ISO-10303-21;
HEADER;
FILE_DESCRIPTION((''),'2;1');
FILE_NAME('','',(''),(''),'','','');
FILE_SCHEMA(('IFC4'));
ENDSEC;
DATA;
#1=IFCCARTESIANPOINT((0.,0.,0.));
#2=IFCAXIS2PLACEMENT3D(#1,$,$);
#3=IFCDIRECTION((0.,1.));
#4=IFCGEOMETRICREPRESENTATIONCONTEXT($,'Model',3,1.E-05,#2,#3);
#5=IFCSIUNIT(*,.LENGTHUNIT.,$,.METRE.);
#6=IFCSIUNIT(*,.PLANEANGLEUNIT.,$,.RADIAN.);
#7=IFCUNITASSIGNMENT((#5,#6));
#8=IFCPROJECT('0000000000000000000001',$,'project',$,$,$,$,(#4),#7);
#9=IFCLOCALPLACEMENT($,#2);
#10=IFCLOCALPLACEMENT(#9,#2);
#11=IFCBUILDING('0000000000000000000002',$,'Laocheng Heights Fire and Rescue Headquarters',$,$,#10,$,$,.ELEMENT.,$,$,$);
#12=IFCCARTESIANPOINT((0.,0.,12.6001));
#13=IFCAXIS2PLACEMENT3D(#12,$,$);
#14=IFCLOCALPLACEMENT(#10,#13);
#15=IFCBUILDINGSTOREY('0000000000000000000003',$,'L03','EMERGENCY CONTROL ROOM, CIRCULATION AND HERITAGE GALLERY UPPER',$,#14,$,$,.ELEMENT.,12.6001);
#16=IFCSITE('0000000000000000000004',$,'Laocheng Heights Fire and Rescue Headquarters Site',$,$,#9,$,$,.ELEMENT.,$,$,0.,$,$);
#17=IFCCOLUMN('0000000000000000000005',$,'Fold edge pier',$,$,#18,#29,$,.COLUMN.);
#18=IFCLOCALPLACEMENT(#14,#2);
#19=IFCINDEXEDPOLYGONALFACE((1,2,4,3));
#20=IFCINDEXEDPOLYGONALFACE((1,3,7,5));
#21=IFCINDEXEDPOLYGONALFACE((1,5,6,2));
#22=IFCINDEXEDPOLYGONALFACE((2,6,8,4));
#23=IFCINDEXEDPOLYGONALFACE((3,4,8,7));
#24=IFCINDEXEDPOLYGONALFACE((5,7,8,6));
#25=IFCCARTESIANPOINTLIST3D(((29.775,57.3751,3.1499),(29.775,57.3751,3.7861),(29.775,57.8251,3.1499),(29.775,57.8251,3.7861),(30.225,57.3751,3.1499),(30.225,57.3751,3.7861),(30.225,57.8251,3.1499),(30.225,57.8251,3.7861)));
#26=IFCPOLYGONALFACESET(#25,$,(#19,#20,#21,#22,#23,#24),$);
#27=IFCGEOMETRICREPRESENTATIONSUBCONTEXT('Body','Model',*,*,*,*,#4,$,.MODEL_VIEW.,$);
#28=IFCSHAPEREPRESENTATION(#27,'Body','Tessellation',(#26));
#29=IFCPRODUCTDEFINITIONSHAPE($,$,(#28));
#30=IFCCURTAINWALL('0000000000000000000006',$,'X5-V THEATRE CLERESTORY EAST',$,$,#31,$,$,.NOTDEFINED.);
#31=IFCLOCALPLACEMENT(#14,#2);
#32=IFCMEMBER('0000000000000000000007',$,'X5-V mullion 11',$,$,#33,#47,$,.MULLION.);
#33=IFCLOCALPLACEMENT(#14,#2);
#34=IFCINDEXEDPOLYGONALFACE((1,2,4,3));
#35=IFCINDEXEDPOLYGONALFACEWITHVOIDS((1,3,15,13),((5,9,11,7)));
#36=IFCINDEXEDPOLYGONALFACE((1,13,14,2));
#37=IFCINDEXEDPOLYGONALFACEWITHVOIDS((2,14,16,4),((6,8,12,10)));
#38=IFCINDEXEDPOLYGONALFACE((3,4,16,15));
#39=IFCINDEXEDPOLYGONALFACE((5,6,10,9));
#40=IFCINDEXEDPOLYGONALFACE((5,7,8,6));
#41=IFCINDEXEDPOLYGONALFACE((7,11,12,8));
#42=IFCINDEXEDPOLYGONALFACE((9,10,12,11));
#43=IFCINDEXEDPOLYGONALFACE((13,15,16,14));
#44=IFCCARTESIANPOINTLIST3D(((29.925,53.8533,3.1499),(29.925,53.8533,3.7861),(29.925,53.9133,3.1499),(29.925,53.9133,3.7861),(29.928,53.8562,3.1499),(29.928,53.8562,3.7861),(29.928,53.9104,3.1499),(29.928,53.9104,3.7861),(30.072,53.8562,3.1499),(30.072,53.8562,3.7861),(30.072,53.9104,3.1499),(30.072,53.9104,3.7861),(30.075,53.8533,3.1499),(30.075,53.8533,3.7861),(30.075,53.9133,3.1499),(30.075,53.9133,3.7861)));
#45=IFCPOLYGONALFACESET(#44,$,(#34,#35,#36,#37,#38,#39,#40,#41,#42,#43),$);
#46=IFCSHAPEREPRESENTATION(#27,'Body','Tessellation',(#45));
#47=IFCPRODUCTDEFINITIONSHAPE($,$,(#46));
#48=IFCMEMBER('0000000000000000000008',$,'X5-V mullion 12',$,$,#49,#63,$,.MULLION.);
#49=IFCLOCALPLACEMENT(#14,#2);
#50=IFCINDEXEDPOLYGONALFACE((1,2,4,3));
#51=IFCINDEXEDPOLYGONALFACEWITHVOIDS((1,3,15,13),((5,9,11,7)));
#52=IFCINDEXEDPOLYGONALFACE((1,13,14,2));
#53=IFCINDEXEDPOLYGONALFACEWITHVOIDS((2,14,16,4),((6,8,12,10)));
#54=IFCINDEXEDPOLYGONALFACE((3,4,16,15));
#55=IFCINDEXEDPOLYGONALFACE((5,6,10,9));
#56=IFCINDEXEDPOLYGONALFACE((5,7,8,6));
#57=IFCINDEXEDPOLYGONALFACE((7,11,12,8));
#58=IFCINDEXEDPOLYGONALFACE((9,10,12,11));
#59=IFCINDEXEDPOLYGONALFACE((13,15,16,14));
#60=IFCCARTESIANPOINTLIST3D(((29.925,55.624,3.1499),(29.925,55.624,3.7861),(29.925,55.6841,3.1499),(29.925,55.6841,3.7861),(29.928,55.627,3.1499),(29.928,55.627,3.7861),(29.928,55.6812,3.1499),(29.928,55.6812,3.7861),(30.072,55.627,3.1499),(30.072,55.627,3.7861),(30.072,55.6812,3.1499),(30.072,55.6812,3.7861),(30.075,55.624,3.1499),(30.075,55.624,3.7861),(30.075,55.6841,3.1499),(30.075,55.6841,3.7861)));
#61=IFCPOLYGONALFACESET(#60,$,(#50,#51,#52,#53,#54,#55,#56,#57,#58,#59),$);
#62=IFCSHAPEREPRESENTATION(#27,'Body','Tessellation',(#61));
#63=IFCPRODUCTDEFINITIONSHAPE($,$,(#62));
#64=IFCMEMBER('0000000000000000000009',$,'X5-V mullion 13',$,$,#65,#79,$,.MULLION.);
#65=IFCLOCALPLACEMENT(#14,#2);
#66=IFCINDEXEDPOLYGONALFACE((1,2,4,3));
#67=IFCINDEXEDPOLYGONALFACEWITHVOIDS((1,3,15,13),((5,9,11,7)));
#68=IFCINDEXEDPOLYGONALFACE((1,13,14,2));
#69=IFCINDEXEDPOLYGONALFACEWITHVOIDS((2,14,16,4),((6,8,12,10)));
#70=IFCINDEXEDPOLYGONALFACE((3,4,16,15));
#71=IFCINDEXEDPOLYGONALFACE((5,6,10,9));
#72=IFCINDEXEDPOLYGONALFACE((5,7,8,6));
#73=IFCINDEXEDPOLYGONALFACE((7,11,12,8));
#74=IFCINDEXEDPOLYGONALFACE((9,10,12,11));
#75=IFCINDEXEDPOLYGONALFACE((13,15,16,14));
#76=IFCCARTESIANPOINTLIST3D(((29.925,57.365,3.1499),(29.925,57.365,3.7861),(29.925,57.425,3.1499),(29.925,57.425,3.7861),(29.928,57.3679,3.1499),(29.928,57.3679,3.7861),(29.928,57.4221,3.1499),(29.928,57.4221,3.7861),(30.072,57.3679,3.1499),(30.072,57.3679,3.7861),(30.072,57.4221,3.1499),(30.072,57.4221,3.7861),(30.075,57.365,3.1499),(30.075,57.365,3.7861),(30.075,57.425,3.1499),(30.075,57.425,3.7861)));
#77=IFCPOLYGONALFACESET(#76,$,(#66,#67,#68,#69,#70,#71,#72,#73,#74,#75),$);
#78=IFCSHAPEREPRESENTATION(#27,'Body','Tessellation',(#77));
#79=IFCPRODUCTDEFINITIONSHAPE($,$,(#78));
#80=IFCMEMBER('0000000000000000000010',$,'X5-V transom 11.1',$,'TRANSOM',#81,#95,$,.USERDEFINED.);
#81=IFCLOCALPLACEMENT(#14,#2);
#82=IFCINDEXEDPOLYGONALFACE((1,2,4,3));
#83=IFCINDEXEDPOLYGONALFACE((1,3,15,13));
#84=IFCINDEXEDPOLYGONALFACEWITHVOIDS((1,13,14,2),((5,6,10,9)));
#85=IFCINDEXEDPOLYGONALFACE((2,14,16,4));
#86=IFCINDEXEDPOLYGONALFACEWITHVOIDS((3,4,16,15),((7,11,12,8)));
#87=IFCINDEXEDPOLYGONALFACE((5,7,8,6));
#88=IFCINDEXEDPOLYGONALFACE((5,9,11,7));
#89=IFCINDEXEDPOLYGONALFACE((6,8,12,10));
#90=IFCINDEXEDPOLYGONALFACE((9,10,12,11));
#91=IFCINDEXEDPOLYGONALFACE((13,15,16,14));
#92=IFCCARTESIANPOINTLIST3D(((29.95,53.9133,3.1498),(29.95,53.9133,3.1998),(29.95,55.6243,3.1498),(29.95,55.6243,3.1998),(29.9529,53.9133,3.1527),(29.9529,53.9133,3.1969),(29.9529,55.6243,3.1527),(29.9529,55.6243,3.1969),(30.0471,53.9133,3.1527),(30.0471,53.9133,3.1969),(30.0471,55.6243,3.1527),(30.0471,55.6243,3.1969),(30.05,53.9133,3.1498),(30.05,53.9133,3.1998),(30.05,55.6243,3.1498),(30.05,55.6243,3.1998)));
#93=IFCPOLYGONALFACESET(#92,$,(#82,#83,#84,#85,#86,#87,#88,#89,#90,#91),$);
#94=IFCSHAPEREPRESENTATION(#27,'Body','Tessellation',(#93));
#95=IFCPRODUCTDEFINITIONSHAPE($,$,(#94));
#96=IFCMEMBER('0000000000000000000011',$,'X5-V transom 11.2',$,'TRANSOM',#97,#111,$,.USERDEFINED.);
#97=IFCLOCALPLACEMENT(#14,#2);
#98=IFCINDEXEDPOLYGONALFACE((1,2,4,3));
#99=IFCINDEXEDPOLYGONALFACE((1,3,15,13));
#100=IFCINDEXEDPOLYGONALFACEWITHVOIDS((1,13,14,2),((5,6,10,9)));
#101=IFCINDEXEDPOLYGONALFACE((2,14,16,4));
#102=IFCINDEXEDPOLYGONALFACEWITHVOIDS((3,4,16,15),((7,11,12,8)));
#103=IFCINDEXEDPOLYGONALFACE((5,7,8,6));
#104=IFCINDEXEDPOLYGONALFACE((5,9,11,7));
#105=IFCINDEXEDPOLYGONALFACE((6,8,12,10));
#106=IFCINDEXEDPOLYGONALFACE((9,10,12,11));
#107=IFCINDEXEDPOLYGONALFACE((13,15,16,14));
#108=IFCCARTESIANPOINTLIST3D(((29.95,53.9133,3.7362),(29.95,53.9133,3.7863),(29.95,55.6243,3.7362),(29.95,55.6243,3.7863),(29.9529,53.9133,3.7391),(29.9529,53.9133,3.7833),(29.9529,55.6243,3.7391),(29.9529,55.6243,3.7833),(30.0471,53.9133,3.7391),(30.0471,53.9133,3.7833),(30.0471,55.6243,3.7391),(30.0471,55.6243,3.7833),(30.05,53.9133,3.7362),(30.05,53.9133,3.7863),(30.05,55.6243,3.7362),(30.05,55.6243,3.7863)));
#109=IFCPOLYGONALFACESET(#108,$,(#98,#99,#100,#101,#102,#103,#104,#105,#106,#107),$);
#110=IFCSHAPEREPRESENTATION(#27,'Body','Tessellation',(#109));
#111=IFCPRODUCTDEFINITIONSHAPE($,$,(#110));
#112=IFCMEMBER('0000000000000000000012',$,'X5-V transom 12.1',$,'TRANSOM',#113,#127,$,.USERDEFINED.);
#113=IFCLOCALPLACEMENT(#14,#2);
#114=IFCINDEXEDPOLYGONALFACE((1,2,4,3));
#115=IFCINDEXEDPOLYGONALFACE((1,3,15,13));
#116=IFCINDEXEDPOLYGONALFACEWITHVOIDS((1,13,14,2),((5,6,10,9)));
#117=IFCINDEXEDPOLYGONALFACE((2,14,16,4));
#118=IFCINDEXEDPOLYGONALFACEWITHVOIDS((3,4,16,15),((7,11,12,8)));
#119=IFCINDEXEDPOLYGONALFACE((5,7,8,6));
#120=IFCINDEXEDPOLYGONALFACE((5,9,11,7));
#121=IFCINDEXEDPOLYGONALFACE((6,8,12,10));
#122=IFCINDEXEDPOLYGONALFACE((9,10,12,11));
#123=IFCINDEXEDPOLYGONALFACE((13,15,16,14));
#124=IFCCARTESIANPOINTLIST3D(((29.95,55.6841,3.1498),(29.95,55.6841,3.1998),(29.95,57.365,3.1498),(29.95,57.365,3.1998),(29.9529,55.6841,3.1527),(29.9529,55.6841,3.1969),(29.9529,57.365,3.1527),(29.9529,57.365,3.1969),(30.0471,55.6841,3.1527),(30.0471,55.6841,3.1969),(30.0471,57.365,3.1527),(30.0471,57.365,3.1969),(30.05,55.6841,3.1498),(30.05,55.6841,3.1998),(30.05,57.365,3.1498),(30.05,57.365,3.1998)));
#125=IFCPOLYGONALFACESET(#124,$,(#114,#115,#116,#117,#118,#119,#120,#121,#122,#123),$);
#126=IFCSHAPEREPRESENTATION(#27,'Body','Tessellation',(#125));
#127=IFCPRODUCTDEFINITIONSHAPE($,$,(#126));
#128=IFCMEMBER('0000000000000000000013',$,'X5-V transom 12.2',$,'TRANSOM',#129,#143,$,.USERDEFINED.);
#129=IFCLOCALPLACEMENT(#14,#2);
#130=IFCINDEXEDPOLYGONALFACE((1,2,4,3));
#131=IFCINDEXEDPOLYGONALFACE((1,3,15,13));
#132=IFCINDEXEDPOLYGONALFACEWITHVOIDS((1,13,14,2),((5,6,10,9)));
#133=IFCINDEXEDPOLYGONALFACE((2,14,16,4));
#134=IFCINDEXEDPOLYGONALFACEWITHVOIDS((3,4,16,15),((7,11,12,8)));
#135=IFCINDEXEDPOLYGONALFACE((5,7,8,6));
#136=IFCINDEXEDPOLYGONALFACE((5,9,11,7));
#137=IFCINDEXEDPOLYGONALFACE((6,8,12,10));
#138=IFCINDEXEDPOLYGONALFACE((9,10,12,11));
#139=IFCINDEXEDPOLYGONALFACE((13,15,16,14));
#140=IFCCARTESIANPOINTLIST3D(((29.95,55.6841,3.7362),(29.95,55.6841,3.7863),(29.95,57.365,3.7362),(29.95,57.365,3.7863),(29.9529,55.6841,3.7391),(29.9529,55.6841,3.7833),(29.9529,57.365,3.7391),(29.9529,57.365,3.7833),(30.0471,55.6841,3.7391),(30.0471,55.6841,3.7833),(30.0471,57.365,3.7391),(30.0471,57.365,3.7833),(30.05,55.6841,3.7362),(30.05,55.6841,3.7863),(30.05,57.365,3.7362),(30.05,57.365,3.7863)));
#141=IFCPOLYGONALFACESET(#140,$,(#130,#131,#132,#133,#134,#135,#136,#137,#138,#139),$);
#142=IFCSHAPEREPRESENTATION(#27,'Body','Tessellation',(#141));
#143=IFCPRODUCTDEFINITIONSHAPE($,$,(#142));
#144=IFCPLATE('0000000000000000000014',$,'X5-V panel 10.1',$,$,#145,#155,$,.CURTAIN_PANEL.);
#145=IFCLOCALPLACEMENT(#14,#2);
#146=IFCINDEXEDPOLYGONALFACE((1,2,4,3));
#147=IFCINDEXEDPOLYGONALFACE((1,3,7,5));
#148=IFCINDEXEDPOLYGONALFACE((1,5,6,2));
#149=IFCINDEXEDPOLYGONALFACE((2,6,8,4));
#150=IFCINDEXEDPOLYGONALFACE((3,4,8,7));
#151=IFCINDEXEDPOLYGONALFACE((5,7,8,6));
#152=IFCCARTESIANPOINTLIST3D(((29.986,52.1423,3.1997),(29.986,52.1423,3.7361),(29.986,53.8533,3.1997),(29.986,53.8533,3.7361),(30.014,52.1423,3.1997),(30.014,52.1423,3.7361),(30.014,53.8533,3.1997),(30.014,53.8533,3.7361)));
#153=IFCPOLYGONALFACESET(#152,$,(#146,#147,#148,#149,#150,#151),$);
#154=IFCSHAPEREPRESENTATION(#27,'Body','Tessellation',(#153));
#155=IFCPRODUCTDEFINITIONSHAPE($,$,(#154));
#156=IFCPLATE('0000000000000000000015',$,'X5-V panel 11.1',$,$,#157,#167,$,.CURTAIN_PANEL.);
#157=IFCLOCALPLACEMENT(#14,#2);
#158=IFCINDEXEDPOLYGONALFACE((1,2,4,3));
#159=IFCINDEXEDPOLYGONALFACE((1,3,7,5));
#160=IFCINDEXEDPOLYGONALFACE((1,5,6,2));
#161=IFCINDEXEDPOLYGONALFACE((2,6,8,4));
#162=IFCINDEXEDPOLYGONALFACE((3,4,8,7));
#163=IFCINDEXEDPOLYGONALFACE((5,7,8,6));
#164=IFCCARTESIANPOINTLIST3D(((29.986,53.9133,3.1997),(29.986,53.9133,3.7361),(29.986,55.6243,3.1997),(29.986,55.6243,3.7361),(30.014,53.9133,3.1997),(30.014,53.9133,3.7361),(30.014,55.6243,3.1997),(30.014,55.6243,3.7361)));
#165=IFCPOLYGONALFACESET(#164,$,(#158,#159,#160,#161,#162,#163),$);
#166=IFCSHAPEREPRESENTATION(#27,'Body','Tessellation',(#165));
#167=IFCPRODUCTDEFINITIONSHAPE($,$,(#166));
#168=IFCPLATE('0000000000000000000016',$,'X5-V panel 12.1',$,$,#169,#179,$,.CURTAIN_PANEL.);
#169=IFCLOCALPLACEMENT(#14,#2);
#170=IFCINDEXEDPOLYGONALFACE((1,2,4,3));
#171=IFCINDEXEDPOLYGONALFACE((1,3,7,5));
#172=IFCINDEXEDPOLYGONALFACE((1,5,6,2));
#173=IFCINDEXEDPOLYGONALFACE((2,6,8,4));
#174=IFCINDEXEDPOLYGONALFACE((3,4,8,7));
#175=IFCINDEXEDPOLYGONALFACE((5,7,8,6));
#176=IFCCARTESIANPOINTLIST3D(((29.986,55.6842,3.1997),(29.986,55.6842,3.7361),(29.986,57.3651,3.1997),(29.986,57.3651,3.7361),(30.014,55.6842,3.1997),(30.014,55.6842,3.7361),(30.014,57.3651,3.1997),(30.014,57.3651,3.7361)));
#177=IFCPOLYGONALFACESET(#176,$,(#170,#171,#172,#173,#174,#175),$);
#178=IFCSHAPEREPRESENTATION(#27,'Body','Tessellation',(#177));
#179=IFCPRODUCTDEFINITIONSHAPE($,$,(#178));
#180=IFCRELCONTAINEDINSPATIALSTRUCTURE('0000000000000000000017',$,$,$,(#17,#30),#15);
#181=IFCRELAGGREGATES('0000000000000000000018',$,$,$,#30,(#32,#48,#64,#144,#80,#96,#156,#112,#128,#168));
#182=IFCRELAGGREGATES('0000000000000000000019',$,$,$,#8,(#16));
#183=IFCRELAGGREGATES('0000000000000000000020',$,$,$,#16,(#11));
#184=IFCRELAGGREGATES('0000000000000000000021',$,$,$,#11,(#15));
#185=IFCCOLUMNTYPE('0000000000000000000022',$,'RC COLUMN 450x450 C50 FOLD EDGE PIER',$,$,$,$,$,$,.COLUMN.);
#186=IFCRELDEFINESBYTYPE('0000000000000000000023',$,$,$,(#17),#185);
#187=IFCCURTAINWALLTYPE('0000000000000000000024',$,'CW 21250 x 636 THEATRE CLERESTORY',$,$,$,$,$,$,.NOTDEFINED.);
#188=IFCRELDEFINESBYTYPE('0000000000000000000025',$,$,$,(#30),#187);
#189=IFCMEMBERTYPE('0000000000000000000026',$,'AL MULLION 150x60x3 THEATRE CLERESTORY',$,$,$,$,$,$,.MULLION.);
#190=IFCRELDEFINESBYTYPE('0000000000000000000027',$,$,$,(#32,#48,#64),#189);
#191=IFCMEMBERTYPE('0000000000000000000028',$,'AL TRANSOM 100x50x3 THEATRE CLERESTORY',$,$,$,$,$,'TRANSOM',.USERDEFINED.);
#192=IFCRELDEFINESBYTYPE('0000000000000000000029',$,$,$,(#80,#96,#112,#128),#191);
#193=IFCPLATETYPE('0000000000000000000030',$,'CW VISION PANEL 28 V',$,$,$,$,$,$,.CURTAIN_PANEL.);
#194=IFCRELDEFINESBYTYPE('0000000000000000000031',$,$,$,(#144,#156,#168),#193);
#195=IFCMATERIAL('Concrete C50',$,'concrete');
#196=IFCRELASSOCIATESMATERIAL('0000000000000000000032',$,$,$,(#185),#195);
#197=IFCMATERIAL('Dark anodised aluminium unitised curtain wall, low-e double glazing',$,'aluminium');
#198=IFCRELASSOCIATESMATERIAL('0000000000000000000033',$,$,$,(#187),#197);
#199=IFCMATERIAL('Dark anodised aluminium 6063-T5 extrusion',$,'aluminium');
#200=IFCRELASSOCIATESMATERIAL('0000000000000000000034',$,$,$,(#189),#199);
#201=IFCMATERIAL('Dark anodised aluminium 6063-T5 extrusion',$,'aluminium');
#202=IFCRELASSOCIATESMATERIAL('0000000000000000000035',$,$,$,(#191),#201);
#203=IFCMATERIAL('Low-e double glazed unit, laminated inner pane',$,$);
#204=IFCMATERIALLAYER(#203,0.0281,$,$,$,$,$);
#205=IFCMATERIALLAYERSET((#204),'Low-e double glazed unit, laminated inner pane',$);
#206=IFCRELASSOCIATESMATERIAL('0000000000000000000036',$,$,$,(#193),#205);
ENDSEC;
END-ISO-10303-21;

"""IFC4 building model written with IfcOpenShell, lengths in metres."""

from ifc_helpers import new_model, si_unit, direction, frame, origin, origin_2d, place, context, subcontext, project, spatial, rectangle, hollow_rectangle, extrude, material, layer, layer_set, material_profile, profile_set, type_object, element, aggregate, save


model = new_model("IFC4")

# Units and contexts
model_context = context("Model", 3, precision=1e-05, world=origin(), true_north=direction((0.0, 1.0)))
body_context = subcontext(model_context, "Body", "Model", "MODEL_VIEW")
ifc_project = project(units=[si_unit("LENGTHUNIT", "METRE"), si_unit("PLANEANGLEUNIT", "RADIAN")], contexts=[model_context])

# Site, building, storey
site_placement = place(None, origin())
site = spatial("IfcSite", under=ifc_project, at=site_placement, Name="Laocheng Heights Fire and Rescue Headquarters Site", CompositionType="ELEMENT", RefElevation=0.0)
building_placement = place(site_placement, origin())
building = spatial("IfcBuilding", under=site, at=building_placement, Name="Laocheng Heights Fire and Rescue Headquarters", CompositionType="ELEMENT")
storey_placement = place(building_placement, frame((0.0, 0.0, 12.6001)))
storey = spatial("IfcBuildingStorey", under=building, at=storey_placement, Name="L03", Description="EMERGENCY CONTROL ROOM, CIRCULATION AND HERITAGE GALLERY UPPER", CompositionType="ELEMENT", Elevation=12.6001)

# Column
ifc_material_1 = material(Name="Concrete C50", Category="concrete")
ifc_material_profile_1 = material_profile(ifc_material_1, rectangle(XDim=0.45, YDim=0.45, at=origin_2d()), Name="RC COLUMN 450x450 C50 FOLD EDGE PIER")
ifc_profile_set_1 = profile_set([ifc_material_profile_1], Name="Concrete C50")
column_type = type_object("IfcColumnType", Name="RC COLUMN 450x450 C50 FOLD EDGE PIER", PredefinedType="COLUMN", material=ifc_profile_set_1)
column_placement = place(storey_placement, frame((30.0, 57.6001, 3.1499), z_axis=(0.0, 0.0, 1.0), x_axis=(1.0, 0.0, 0.0)))
element("IfcColumn", 1, at=column_placement, inside=storey, type_object=column_type, Name="Fold edge pier", PredefinedType="COLUMN", context=body_context, shape_type="SweptSolid", body=[
    extrude(rectangle(XDim=0.45, YDim=0.45, at=origin_2d()), origin(), (0.0, 0.0, 1.0), 0.6362),
])

# Curtain wall, members, plates
ifc_material_2 = material(Name="Dark anodised aluminium unitised curtain wall, low-e double glazing", Category="aluminium")
curtain_wall_type = type_object("IfcCurtainWallType", Name="CW 21250 x 636 THEATRE CLERESTORY", PredefinedType="NOTDEFINED", material=ifc_material_2)
curtain_wall_placement = place(storey_placement, origin())
curtain_wall = element("IfcCurtainWall", 2, at=curtain_wall_placement, inside=storey, type_object=curtain_wall_type, Name="X5-V THEATRE CLERESTORY EAST", PredefinedType="NOTDEFINED")
ifc_material_3 = material(Name="Dark anodised aluminium 6063-T5 extrusion", Category="aluminium")
ifc_material_profile_2 = material_profile(ifc_material_3, hollow_rectangle(XDim=0.1499, YDim=0.0601, WallThickness=0.0029, at=origin_2d()), Name="AL MULLION 150x60x3 THEATRE CLERESTORY")
ifc_profile_set_2 = profile_set([ifc_material_profile_2], Name="Dark anodised aluminium 6063-T5 extrusion")
member_type_1 = type_object("IfcMemberType", Name="AL MULLION 150x60x3 THEATRE CLERESTORY", PredefinedType="MULLION", material=ifc_profile_set_2)
member_1_placement = place(storey_placement, frame((30.0, 53.8833, 3.1499), z_axis=(0.0, 0.0, 1.0), x_axis=(-1.0, 0.0, 0.0)))
member_1 = element("IfcMember", 3, at=member_1_placement, type_object=member_type_1, Name="X5-V mullion 11", PredefinedType="MULLION", context=body_context, shape_type="SweptSolid", body=[
    extrude(hollow_rectangle(XDim=0.1499, YDim=0.0601, WallThickness=0.0029, at=origin_2d()), origin(), (0.0, 0.0, 1.0), 0.6362),
])
member_2_placement = place(storey_placement, frame((30.0, 55.6541, 3.1499), z_axis=(0.0, 0.0, 1.0), x_axis=(-1.0, 0.0, 0.0)))
member_2 = element("IfcMember", 4, at=member_2_placement, type_object=member_type_1, Name="X5-V mullion 12", PredefinedType="MULLION", context=body_context, shape_type="SweptSolid", body=[
    extrude(hollow_rectangle(XDim=0.1499, YDim=0.0601, WallThickness=0.0029, at=origin_2d()), origin(), (0.0, 0.0, 1.0), 0.6362),
])
member_3_placement = place(storey_placement, frame((30.0, 57.395, 3.1499), z_axis=(0.0, 0.0, 1.0), x_axis=(-1.0, 0.0, 0.0)))
member_3 = element("IfcMember", 5, at=member_3_placement, type_object=member_type_1, Name="X5-V mullion 13", PredefinedType="MULLION", context=body_context, shape_type="SweptSolid", body=[
    extrude(hollow_rectangle(XDim=0.1499, YDim=0.0601, WallThickness=0.0029, at=origin_2d()), origin(), (0.0, 0.0, 1.0), 0.6362),
])
ifc_material_4 = material(Name="Dark anodised aluminium 6063-T5 extrusion", Category="aluminium")
ifc_material_profile_3 = material_profile(ifc_material_4, hollow_rectangle(XDim=0.1001, YDim=0.05, WallThickness=0.0029, at=origin_2d()), Name="AL TRANSOM 100x50x3 THEATRE CLERESTORY")
ifc_profile_set_3 = profile_set([ifc_material_profile_3], Name="Dark anodised aluminium 6063-T5 extrusion")
member_type_2 = type_object("IfcMemberType", Name="AL TRANSOM 100x50x3 THEATRE CLERESTORY", ElementType="TRANSOM", PredefinedType="USERDEFINED", material=ifc_profile_set_3)
member_4_placement = place(storey_placement, frame((30.0, 53.9133, 3.1748), z_axis=(0.0, 1.0, 0.0), x_axis=(-1.0, 0.0, 0.0)))
member_4 = element("IfcMember", 6, at=member_4_placement, type_object=member_type_2, Name="X5-V transom 11.1", ObjectType="TRANSOM", PredefinedType="USERDEFINED", context=body_context, shape_type="SweptSolid", body=[
    extrude(hollow_rectangle(XDim=0.1001, YDim=0.05, WallThickness=0.0029, at=origin_2d()), origin(), (0.0, 0.0, 1.0), 1.7109),
])
member_5_placement = place(storey_placement, frame((30.0, 53.9133, 3.7612), z_axis=(0.0, 1.0, 0.0), x_axis=(-1.0, 0.0, 0.0)))
member_5 = element("IfcMember", 7, at=member_5_placement, type_object=member_type_2, Name="X5-V transom 11.2", ObjectType="TRANSOM", PredefinedType="USERDEFINED", context=body_context, shape_type="SweptSolid", body=[
    extrude(hollow_rectangle(XDim=0.1001, YDim=0.05, WallThickness=0.0029, at=origin_2d()), origin(), (0.0, 0.0, 1.0), 1.7109),
])
member_6_placement = place(storey_placement, frame((30.0, 55.6841, 3.1748), z_axis=(0.0, 1.0, 0.0), x_axis=(-1.0, 0.0, 0.0)))
member_6 = element("IfcMember", 8, at=member_6_placement, type_object=member_type_2, Name="X5-V transom 12.1", ObjectType="TRANSOM", PredefinedType="USERDEFINED", context=body_context, shape_type="SweptSolid", body=[
    extrude(hollow_rectangle(XDim=0.1001, YDim=0.05, WallThickness=0.0029, at=origin_2d()), origin(), (0.0, 0.0, 1.0), 1.6809),
])
member_7_placement = place(storey_placement, frame((30.0, 55.6841, 3.7612), z_axis=(0.0, 1.0, 0.0), x_axis=(-1.0, 0.0, 0.0)))
member_7 = element("IfcMember", 9, at=member_7_placement, type_object=member_type_2, Name="X5-V transom 12.2", ObjectType="TRANSOM", PredefinedType="USERDEFINED", context=body_context, shape_type="SweptSolid", body=[
    extrude(hollow_rectangle(XDim=0.1001, YDim=0.05, WallThickness=0.0029, at=origin_2d()), origin(), (0.0, 0.0, 1.0), 1.6809),
])
ifc_material_5 = material(Name="Low-e double glazed unit, laminated inner pane")
ifc_layer_1 = layer(ifc_material_5, 0.0281)
ifc_layer_set_1 = layer_set([ifc_layer_1], Name="Low-e double glazed unit, laminated inner pane")
plate_type = type_object("IfcPlateType", Name="CW VISION PANEL 28 V", PredefinedType="CURTAIN_PANEL", material=ifc_layer_set_1)
plate_1_placement = place(storey_placement, frame((30.0, 52.9978, 3.1997), z_axis=(0.0, 0.0, 1.0), x_axis=(0.0, 1.0, 0.0)))
plate_1 = element("IfcPlate", 10, at=plate_1_placement, type_object=plate_type, Name="X5-V panel 10.1", PredefinedType="CURTAIN_PANEL", context=body_context, shape_type="SweptSolid", body=[
    extrude(rectangle(XDim=1.7109, YDim=0.0281, at=origin_2d()), origin(), (0.0, 0.0, 1.0), 0.5364),
])
plate_2_placement = place(storey_placement, frame((30.0, 54.7688, 3.1997), z_axis=(0.0, 0.0, 1.0), x_axis=(0.0, 1.0, 0.0)))
plate_2 = element("IfcPlate", 11, at=plate_2_placement, type_object=plate_type, Name="X5-V panel 11.1", PredefinedType="CURTAIN_PANEL", context=body_context, shape_type="SweptSolid", body=[
    extrude(rectangle(XDim=1.7109, YDim=0.0281, at=origin_2d()), origin(), (0.0, 0.0, 1.0), 0.5364),
])
plate_3_placement = place(storey_placement, frame((30.0, 56.5247, 3.1997), z_axis=(0.0, 0.0, 1.0), x_axis=(0.0, 1.0, 0.0)))
plate_3 = element("IfcPlate", 12, at=plate_3_placement, type_object=plate_type, Name="X5-V panel 12.1", PredefinedType="CURTAIN_PANEL", context=body_context, shape_type="SweptSolid", body=[
    extrude(rectangle(XDim=1.6809, YDim=0.0281, at=origin_2d()), origin(), (0.0, 0.0, 1.0), 0.5364),
])
aggregate(curtain_wall, [member_1, member_2, member_3, plate_1, member_4, member_5, plate_2, member_6, member_7, plate_3])

save(model, "model.ifc")
